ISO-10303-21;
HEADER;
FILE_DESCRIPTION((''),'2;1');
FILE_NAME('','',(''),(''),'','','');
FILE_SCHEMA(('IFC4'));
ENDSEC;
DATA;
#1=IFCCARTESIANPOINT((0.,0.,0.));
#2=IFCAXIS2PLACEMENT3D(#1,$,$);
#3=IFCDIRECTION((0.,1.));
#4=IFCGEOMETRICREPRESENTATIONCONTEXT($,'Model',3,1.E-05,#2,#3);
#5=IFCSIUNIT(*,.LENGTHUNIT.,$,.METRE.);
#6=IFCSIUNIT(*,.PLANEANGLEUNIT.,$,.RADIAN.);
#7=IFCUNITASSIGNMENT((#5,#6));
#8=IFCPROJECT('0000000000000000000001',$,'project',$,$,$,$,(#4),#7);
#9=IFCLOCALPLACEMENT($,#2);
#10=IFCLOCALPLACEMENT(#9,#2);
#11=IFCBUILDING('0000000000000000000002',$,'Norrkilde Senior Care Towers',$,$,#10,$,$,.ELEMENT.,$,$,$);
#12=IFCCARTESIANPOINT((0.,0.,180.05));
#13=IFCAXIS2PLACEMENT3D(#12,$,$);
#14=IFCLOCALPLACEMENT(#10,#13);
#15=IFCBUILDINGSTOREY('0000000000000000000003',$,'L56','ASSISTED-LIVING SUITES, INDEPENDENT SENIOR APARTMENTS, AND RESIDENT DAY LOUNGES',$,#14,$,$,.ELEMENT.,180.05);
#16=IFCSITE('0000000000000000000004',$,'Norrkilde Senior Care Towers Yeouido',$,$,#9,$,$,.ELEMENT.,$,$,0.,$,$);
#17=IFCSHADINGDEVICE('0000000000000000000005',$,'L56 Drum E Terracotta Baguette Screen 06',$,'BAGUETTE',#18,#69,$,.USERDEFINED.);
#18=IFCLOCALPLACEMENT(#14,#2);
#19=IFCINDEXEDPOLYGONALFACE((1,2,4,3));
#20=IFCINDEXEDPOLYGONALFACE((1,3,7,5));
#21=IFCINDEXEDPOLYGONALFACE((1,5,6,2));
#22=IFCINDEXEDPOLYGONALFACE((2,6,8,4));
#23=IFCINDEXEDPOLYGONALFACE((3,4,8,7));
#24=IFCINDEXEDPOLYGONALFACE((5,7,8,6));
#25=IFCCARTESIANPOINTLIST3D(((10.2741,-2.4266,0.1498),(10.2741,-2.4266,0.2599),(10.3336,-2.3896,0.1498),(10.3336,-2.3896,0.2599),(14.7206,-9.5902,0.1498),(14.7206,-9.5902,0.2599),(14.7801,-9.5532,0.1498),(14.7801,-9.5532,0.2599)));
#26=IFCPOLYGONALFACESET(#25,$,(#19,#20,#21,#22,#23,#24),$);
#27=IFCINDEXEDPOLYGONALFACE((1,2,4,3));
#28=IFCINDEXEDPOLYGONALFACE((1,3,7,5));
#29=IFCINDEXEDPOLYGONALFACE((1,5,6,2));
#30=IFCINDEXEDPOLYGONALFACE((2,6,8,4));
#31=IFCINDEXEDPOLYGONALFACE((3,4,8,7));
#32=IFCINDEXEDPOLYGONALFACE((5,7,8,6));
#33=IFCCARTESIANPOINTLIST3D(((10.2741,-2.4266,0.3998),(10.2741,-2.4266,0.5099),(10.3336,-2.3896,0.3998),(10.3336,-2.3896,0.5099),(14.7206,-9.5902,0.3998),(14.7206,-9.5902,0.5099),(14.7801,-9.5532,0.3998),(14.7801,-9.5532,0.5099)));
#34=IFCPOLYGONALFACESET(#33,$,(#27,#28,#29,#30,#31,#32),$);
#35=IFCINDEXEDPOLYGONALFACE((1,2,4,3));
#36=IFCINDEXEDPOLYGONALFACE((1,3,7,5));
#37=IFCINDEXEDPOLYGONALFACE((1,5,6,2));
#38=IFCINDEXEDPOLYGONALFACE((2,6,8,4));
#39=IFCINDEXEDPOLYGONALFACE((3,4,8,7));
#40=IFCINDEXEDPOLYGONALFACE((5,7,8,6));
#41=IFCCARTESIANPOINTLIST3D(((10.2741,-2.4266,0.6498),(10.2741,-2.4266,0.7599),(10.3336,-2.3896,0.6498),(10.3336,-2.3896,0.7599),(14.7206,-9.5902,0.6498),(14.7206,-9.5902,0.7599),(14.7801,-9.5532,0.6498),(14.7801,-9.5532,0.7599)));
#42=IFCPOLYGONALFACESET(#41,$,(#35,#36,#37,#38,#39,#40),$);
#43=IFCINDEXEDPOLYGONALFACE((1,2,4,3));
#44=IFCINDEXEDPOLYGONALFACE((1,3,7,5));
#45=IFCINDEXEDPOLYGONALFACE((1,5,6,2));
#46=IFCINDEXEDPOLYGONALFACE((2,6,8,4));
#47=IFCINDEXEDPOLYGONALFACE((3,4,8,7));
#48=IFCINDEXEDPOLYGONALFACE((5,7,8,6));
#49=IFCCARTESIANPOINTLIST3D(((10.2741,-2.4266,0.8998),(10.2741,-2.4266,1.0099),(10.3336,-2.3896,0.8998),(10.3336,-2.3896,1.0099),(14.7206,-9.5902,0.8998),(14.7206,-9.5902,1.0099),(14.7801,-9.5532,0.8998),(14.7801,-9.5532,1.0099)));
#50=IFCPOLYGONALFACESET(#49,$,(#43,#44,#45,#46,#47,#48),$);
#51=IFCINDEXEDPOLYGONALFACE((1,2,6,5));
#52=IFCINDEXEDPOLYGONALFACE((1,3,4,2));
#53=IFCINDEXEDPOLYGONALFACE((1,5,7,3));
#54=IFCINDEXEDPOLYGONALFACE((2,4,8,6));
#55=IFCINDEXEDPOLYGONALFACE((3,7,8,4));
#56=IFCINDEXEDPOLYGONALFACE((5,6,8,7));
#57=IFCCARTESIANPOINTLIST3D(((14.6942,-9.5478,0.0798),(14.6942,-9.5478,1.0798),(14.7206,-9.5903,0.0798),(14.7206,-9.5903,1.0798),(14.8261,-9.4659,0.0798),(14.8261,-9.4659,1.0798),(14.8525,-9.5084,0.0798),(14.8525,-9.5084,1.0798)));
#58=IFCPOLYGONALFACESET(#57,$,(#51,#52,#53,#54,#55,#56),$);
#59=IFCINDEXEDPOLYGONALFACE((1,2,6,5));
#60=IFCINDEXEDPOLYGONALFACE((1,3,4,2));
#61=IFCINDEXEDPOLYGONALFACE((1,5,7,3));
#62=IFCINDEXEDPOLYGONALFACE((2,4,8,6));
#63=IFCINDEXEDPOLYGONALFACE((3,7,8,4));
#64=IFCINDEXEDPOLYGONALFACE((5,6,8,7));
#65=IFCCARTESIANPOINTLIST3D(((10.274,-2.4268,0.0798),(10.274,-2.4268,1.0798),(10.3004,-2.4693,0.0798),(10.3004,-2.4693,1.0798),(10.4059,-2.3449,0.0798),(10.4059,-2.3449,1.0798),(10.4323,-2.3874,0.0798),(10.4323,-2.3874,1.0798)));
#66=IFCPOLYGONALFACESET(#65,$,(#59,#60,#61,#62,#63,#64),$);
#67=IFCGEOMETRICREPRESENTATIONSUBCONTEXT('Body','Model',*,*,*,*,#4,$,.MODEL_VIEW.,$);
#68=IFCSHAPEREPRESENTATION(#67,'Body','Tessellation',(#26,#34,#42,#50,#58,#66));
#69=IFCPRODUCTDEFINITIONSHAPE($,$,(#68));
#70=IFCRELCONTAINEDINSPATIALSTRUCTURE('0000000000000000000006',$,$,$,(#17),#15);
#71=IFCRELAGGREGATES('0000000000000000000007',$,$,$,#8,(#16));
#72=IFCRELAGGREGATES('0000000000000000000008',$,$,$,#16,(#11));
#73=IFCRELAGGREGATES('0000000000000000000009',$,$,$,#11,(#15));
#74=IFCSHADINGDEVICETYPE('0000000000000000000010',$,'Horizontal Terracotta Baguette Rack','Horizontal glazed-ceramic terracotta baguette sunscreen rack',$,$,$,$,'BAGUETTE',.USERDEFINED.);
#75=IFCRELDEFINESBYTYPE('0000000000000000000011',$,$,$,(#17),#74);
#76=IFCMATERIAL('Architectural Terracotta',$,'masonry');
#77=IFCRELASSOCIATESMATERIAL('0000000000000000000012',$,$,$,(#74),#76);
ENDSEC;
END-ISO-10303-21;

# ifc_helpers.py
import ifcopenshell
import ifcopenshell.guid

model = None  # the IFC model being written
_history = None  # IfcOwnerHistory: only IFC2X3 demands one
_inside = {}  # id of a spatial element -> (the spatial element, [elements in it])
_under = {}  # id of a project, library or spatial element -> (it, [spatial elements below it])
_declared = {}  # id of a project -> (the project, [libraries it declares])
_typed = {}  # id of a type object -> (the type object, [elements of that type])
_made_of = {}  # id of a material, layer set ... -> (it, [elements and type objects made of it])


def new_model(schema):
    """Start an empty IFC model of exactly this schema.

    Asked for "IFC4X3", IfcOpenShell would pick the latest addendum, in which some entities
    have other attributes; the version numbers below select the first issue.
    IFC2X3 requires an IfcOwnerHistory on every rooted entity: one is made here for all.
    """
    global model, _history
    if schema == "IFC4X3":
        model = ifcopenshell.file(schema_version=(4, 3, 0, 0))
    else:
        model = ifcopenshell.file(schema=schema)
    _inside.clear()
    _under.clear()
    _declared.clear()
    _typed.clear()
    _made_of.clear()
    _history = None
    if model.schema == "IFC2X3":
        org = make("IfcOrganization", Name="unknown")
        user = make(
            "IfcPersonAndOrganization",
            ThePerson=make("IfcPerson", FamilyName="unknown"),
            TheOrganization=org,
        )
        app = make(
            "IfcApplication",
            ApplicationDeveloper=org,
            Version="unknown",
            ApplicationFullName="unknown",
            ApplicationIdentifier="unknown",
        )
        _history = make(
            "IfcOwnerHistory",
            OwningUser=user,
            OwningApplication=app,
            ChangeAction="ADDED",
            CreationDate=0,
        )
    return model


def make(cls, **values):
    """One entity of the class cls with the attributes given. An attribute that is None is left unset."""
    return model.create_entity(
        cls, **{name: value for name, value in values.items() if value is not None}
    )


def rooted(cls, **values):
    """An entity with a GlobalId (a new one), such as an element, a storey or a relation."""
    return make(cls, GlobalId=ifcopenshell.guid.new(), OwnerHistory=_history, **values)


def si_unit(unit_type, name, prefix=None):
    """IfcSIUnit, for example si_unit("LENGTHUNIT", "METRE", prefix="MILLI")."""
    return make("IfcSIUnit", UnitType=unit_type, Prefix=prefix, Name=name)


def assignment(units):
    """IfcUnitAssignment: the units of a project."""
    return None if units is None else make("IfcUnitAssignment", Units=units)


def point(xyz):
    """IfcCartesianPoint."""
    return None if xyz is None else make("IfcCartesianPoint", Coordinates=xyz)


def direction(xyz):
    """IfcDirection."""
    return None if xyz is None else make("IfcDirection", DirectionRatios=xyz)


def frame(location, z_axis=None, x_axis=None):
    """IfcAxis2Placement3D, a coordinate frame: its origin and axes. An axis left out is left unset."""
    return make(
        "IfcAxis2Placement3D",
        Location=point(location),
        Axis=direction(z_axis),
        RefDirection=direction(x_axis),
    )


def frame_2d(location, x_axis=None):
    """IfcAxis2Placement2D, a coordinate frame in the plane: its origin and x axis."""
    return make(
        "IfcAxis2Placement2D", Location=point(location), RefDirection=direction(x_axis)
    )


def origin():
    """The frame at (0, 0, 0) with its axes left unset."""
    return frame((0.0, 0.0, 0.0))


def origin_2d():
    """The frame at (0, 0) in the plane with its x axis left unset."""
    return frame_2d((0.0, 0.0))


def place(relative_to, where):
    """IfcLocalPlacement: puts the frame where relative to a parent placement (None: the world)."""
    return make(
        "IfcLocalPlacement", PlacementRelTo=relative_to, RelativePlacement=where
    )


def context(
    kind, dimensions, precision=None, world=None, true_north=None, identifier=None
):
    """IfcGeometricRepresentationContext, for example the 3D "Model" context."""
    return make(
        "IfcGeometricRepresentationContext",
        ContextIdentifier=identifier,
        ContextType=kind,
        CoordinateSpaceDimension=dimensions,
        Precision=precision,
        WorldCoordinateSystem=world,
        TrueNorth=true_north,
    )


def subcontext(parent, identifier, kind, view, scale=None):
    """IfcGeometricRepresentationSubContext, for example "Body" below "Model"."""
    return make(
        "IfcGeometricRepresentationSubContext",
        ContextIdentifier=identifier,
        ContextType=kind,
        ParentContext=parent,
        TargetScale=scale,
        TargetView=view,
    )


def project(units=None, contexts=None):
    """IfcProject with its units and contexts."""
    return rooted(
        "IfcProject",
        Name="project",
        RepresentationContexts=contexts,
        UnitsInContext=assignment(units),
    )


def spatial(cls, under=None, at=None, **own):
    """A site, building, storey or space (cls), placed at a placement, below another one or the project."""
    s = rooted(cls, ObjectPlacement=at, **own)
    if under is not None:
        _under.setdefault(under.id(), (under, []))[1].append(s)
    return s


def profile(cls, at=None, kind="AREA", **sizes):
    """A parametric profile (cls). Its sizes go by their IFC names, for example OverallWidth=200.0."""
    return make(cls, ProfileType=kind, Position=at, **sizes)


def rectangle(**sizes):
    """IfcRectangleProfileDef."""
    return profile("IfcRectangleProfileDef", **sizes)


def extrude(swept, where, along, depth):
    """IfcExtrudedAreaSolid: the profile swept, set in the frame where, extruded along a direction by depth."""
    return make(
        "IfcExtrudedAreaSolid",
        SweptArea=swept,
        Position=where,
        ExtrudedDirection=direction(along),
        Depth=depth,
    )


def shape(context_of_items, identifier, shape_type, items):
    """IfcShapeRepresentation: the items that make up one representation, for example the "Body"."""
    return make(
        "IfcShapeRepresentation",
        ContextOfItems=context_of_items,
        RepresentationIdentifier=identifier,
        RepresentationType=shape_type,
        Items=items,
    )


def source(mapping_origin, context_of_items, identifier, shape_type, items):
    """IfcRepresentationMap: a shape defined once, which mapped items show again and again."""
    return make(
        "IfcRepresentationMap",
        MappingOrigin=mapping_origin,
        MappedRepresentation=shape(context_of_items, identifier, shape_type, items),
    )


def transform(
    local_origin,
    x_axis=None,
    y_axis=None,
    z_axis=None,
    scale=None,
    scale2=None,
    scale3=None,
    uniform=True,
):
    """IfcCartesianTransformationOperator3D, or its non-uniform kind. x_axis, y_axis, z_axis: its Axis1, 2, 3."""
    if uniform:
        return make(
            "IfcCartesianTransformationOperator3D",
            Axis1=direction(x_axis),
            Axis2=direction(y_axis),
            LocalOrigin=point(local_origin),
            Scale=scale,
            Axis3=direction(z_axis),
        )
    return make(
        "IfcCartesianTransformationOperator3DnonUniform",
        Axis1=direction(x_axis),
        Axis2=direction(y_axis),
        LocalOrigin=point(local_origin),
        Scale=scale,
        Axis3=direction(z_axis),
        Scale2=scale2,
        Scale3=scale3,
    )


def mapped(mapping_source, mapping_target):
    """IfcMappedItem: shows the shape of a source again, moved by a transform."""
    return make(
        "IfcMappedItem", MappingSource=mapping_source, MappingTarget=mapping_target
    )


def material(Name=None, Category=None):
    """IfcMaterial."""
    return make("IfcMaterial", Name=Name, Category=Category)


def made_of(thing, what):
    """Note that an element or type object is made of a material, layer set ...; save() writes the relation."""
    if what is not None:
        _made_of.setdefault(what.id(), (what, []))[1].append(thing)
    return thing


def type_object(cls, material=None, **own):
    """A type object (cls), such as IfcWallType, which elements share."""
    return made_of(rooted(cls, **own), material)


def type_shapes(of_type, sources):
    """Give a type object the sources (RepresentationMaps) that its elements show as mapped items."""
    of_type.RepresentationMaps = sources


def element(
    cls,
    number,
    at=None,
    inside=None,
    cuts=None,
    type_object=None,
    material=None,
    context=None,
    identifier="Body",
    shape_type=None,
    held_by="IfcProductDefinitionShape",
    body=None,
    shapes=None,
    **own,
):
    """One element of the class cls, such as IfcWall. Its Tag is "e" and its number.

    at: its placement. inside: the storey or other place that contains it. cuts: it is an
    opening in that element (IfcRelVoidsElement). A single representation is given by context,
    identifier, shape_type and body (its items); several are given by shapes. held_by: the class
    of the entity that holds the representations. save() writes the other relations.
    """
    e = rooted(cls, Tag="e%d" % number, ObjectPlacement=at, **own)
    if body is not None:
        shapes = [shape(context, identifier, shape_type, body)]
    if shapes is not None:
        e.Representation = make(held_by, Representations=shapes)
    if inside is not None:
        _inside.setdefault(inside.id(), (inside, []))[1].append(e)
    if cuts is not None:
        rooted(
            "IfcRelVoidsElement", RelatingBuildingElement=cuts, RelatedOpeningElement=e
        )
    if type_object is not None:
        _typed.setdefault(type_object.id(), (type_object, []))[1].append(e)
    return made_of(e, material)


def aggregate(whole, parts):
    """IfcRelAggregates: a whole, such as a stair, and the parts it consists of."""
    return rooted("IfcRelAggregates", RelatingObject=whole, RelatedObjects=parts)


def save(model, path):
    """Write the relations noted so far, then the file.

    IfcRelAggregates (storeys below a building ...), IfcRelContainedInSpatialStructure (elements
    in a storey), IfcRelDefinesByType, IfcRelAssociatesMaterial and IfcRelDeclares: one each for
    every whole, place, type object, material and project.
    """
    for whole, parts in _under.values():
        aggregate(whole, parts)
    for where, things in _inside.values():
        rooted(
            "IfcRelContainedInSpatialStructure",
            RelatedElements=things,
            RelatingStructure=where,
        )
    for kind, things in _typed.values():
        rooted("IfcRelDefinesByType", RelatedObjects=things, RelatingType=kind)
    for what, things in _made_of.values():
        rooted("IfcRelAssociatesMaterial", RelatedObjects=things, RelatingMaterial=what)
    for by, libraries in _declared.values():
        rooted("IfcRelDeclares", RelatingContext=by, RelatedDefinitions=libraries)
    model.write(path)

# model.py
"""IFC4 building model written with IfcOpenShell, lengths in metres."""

from ifc_helpers import new_model, si_unit, direction, frame, origin, origin_2d, place, context, subcontext, project, spatial, rectangle, extrude, source, transform, mapped, material, type_object, type_shapes, element, save


model = new_model("IFC4")

# Units and contexts
model_context = context("Model", 3, precision=1e-05, world=origin(), true_north=direction((0.0, 1.0)))
body_context = subcontext(model_context, "Body", "Model", "MODEL_VIEW")
ifc_project = project(units=[si_unit("LENGTHUNIT", "METRE"), si_unit("PLANEANGLEUNIT", "RADIAN")], contexts=[model_context])

# Site, building, storey
site_placement = place(None, origin())
site = spatial("IfcSite", under=ifc_project, at=site_placement, Name="Norrkilde Senior Care Towers Yeouido", CompositionType="ELEMENT", RefElevation=0.0)
building_placement = place(site_placement, origin())
building = spatial("IfcBuilding", under=site, at=building_placement, Name="Norrkilde Senior Care Towers", CompositionType="ELEMENT")
storey_placement = place(building_placement, frame((0.0, 0.0, 180.05)))
storey = spatial("IfcBuildingStorey", under=building, at=storey_placement, Name="L56", Description="ASSISTED-LIVING SUITES, INDEPENDENT SENIOR APARTMENTS, AND RESIDENT DAY LOUNGES", CompositionType="ELEMENT", Elevation=180.05)

# Shading device
ifc_material_1 = material(Name="Architectural Terracotta", Category="masonry")
shading_device_type = type_object("IfcShadingDeviceType", Name="Horizontal Terracotta Baguette Rack", Description="Horizontal glazed-ceramic terracotta baguette sunscreen rack", ElementType="BAGUETTE", PredefinedType="USERDEFINED", material=ifc_material_1)
shared_shape_1 = source(origin(), body_context, "Body", "SweptSolid", [
    extrude(rectangle(XDim=0.0701, YDim=0.1101, at=origin_2d()), frame((0.0, 0.0901, 0.125), z_axis=(1.0, 0.0, 0.0), x_axis=(0.0, 1.0, 0.0)), (0.0, 0.0, 1.0), 8.4314),
    extrude(rectangle(XDim=0.0701, YDim=0.1101, at=origin_2d()), frame((0.0, 0.0901, 0.375), z_axis=(1.0, 0.0, 0.0), x_axis=(0.0, 1.0, 0.0)), (0.0, 0.0, 1.0), 8.4314),
    extrude(rectangle(XDim=0.0701, YDim=0.1101, at=origin_2d()), frame((0.0, 0.0901, 0.625), z_axis=(1.0, 0.0, 0.0), x_axis=(0.0, 1.0, 0.0)), (0.0, 0.0, 1.0), 8.4314),
    extrude(rectangle(XDim=0.0701, YDim=0.1101, at=origin_2d()), frame((0.0, 0.0901, 0.875), z_axis=(1.0, 0.0, 0.0), x_axis=(0.0, 1.0, 0.0)), (0.0, 0.0, 1.0), 8.4314),
    extrude(rectangle(XDim=0.05, YDim=0.1553, at=origin_2d()), frame((0.0249, 0.0476, 0.0)), (0.0, 0.0, 1.0), 1.0),
    extrude(rectangle(XDim=0.05, YDim=0.1553, at=origin_2d()), frame((8.4062, 0.0476, 0.0)), (0.0, 0.0, 1.0), 1.0),
])
type_shapes(shading_device_type, [shared_shape_1])
shading_device_placement = place(storey_placement, frame((14.8269, -9.5242, 0.0798), z_axis=(0.0, 0.0, 1.0), x_axis=(-0.527378, 0.849631, 0.0)))
element("IfcShadingDevice", 1, at=shading_device_placement, inside=storey, type_object=shading_device_type, Name="L56 Drum E Terracotta Baguette Screen 06", ObjectType="BAGUETTE", PredefinedType="USERDEFINED", context=body_context, shape_type="MappedRepresentation", body=[
    mapped(shared_shape_1, transform((0.0, 0.0, 0.0), x_axis=(1.0, 0.0, 0.0), y_axis=(0.0, 1.0, 0.0), z_axis=(0.0, 0.0, 1.0), scale=1.0)),
])

save(model, "model.ifc")
